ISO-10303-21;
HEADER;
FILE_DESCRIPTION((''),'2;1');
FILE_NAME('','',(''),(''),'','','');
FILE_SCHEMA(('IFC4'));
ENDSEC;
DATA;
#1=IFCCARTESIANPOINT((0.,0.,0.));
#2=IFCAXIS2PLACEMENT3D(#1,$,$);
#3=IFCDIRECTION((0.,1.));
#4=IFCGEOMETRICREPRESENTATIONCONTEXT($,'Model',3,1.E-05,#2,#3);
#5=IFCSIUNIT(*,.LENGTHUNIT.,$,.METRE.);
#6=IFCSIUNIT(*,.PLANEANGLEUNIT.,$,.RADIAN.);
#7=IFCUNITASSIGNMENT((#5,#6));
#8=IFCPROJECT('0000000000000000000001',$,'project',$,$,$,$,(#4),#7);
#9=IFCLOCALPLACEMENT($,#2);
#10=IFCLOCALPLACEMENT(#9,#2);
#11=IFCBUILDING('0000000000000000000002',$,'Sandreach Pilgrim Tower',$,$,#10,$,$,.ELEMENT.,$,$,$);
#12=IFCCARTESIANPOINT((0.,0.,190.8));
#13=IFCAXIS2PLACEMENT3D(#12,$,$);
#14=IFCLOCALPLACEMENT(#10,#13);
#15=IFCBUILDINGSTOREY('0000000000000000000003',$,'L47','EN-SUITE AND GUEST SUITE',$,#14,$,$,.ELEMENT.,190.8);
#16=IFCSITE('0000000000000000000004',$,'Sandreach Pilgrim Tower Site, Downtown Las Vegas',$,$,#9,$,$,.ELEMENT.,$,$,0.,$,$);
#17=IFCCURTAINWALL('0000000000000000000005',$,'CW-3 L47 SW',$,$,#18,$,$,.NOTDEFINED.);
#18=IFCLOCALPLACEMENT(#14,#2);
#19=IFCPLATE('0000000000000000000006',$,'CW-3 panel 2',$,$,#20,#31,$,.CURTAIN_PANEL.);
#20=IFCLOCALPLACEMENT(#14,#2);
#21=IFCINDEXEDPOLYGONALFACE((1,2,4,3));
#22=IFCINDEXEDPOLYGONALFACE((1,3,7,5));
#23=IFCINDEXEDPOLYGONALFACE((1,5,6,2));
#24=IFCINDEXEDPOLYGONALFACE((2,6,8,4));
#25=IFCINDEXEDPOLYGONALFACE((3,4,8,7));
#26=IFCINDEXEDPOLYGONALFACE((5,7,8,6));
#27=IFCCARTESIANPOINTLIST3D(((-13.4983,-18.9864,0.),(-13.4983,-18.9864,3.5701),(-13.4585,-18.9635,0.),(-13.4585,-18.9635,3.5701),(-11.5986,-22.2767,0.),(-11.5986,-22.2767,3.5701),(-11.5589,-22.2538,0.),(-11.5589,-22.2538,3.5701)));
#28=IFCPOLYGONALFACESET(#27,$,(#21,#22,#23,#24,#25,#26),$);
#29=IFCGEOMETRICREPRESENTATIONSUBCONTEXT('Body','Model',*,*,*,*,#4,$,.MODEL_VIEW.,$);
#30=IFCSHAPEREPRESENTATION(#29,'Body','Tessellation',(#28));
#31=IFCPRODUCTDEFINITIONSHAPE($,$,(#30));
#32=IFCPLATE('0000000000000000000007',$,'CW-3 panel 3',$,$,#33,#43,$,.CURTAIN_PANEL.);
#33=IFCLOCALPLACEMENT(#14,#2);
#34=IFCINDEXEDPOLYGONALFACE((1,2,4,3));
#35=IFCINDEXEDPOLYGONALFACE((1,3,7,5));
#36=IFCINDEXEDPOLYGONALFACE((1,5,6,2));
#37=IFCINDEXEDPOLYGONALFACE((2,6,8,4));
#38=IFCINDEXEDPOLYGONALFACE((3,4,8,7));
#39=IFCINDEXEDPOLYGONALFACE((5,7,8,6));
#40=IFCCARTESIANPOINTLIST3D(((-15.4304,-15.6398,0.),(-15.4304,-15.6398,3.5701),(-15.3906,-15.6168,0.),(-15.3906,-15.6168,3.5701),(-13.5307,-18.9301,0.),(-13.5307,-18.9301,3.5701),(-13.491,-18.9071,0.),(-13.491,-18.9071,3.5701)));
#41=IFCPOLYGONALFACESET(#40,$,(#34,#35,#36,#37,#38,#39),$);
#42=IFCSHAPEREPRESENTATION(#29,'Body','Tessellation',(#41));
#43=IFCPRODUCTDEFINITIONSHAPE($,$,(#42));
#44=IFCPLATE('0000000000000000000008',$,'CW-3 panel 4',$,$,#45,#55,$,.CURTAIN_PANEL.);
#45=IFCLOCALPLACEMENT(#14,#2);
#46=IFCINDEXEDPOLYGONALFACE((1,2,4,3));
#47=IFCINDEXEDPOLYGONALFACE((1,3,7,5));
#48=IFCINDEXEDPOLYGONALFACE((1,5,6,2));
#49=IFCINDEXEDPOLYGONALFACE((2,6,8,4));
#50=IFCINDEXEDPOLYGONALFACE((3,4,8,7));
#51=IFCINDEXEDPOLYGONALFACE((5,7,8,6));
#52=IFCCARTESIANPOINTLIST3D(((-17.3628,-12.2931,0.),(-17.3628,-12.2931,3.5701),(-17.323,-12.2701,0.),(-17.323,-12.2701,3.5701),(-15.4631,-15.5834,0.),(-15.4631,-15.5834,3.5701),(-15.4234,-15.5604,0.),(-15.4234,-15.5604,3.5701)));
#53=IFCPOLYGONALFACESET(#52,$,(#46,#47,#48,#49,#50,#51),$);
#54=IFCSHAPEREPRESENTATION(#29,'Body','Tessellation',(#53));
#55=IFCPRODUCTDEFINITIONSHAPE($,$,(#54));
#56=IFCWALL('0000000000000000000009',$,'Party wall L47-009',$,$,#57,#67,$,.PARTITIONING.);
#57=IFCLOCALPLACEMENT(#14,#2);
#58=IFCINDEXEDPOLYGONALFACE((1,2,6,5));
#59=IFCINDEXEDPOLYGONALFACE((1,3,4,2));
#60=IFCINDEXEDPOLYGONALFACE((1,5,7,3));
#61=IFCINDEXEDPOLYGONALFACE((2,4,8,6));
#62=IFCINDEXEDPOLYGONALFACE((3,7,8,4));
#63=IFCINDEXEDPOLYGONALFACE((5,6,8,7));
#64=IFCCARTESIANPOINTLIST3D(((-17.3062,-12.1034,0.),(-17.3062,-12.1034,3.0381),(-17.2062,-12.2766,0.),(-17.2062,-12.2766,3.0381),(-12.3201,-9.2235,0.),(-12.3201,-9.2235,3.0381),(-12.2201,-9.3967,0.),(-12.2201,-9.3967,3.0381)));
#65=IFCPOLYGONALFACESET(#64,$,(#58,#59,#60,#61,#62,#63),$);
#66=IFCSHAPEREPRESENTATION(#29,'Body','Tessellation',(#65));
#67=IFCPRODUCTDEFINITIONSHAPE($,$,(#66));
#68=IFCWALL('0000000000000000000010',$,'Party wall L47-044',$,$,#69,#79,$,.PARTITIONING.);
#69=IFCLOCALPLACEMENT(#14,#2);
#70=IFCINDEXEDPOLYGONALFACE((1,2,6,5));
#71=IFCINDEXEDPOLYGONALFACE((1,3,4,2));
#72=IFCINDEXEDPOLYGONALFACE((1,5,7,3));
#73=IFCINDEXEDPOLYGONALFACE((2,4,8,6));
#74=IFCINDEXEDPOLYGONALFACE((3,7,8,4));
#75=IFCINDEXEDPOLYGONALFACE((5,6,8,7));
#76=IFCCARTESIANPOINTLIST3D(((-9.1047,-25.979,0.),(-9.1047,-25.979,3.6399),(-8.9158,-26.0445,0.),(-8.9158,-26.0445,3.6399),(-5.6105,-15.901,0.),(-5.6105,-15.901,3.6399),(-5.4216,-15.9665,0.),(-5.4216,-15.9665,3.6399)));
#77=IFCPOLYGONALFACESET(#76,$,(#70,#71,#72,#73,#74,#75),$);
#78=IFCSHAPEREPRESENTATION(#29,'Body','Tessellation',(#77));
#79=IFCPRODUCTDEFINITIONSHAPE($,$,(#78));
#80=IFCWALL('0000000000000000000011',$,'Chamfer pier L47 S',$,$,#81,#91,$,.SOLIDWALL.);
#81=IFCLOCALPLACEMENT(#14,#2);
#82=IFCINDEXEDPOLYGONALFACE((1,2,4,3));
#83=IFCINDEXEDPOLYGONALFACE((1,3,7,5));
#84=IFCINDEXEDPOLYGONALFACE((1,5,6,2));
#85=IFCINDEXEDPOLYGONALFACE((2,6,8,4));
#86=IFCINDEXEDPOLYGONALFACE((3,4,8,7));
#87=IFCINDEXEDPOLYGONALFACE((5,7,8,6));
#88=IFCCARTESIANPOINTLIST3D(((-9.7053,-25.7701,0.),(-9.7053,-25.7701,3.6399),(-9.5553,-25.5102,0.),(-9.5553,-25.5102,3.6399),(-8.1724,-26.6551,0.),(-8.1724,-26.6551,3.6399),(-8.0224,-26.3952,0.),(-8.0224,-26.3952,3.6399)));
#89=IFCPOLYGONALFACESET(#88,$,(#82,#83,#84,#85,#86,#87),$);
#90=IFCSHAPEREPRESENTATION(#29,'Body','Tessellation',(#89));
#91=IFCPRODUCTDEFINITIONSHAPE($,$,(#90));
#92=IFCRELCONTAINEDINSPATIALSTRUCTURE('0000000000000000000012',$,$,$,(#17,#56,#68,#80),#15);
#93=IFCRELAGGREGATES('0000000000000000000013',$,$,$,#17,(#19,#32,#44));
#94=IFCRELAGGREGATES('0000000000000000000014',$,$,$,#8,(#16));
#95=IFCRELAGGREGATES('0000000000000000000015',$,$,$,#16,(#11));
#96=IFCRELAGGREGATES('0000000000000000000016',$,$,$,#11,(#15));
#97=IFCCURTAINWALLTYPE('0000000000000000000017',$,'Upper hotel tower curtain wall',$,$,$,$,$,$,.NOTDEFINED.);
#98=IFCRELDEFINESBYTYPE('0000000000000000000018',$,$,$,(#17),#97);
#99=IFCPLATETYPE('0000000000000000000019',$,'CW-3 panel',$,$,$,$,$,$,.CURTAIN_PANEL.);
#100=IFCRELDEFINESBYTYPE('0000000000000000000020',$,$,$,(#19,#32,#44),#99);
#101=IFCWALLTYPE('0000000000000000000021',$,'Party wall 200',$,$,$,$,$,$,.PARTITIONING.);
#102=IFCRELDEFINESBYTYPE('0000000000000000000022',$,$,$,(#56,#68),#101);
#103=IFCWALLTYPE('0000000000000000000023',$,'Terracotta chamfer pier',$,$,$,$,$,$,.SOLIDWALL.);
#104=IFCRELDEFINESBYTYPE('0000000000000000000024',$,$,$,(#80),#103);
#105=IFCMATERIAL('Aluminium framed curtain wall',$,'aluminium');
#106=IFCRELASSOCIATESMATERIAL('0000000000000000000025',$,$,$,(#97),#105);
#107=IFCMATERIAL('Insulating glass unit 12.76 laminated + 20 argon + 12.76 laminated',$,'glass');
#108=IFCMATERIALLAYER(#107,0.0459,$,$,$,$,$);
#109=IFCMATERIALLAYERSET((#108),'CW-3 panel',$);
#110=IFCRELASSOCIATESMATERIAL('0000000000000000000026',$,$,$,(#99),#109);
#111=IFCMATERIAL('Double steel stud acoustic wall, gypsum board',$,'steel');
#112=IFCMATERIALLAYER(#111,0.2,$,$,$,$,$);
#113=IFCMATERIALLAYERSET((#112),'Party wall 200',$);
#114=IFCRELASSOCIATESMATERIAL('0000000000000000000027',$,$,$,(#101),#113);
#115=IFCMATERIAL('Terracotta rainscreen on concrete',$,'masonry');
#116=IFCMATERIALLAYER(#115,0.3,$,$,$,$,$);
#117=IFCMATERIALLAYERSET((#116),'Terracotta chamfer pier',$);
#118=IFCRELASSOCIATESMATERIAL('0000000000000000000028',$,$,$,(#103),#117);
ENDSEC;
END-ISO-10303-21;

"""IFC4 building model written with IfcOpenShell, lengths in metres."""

from ifc_helpers import new_model, si_unit, direction, frame, frame_2d, origin, origin_2d, place, context, subcontext, project, spatial, rectangle, extrude, material, layer, layer_set, type_object, element, aggregate, save


model = new_model("IFC4")

# Units and contexts
model_context = context("Model", 3, precision=1e-05, world=origin(), true_north=direction((0.0, 1.0)))
body_context = subcontext(model_context, "Body", "Model", "MODEL_VIEW")
ifc_project = project(units=[si_unit("LENGTHUNIT", "METRE"), si_unit("PLANEANGLEUNIT", "RADIAN")], contexts=[model_context])

# Site, building, storey
site_placement = place(None, origin())
site = spatial("IfcSite", under=ifc_project, at=site_placement, Name="Sandreach Pilgrim Tower Site, Downtown Las Vegas", CompositionType="ELEMENT", RefElevation=0.0)
building_placement = place(site_placement, origin())
building = spatial("IfcBuilding", under=site, at=building_placement, Name="Sandreach Pilgrim Tower", CompositionType="ELEMENT")
storey_placement = place(building_placement, frame((0.0, 0.0, 190.8)))
storey = spatial("IfcBuildingStorey", under=building, at=storey_placement, Name="L47", Description="EN-SUITE AND GUEST SUITE", CompositionType="ELEMENT", Elevation=190.8)

# Curtain wall
ifc_material_1 = material(Name="Aluminium framed curtain wall", Category="aluminium")
curtain_wall_type = type_object("IfcCurtainWallType", Name="Upper hotel tower curtain wall", PredefinedType="NOTDEFINED", material=ifc_material_1)
curtain_wall_placement = place(storey_placement, origin())
curtain_wall = element("IfcCurtainWall", 1, at=curtain_wall_placement, inside=storey, type_object=curtain_wall_type, Name="CW-3 L47 SW", PredefinedType="NOTDEFINED")

# Plates
ifc_material_2 = material(Name="Insulating glass unit 12.76 laminated + 20 argon + 12.76 laminated", Category="glass")
ifc_layer_1 = layer(ifc_material_2, 0.0459)
ifc_layer_set_1 = layer_set([ifc_layer_1], Name="CW-3 panel")
plate_type = type_object("IfcPlateType", Name="CW-3 panel", PredefinedType="CURTAIN_PANEL", material=ifc_layer_set_1)
plate_1_placement = place(storey_placement, frame((-12.5286, -20.6201, 0.0), z_axis=(0.0, 0.0, 1.0), x_axis=(-0.5, 0.866025, 0.0)))
plate_1 = element("IfcPlate", 2, at=plate_1_placement, type_object=plate_type, Name="CW-3 panel 2", PredefinedType="CURTAIN_PANEL", context=body_context, shape_type="SweptSolid", body=[
    extrude(rectangle(XDim=3.7993, YDim=0.0459, at=origin_2d()), origin(), (0.0, 0.0, 1.0), 3.5701),
])
plate_2_placement = place(storey_placement, frame((-14.4607, -17.2734, 0.0), z_axis=(0.0, 0.0, 1.0), x_axis=(-0.5, 0.866025, 0.0)))
plate_2 = element("IfcPlate", 3, at=plate_2_placement, type_object=plate_type, Name="CW-3 panel 3", PredefinedType="CURTAIN_PANEL", context=body_context, shape_type="SweptSolid", body=[
    extrude(rectangle(XDim=3.7993, YDim=0.0459, at=origin_2d()), origin(), (0.0, 0.0, 1.0), 3.5701),
])
plate_3_placement = place(storey_placement, frame((-16.3931, -13.9268, 0.0), z_axis=(0.0, 0.0, 1.0), x_axis=(-0.5, 0.866025, 0.0)))
plate_3 = element("IfcPlate", 4, at=plate_3_placement, type_object=plate_type, Name="CW-3 panel 4", PredefinedType="CURTAIN_PANEL", context=body_context, shape_type="SweptSolid", body=[
    extrude(rectangle(XDim=3.7993, YDim=0.0459, at=origin_2d()), origin(), (0.0, 0.0, 1.0), 3.5701),
])
aggregate(curtain_wall, [plate_1, plate_2, plate_3])

# Walls
ifc_material_3 = material(Name="Double steel stud acoustic wall, gypsum board", Category="steel")
ifc_layer_2 = layer(ifc_material_3, 0.2)
ifc_layer_set_2 = layer_set([ifc_layer_2], Name="Party wall 200")
wall_type_1 = type_object("IfcWallType", Name="Party wall 200", PredefinedType="PARTITIONING", material=ifc_layer_set_2)
wall_1_placement = place(storey_placement, frame((-17.2561, -12.1899, 0.0), z_axis=(0.0, 0.0, 1.0), x_axis=(0.865938, 0.500152, 0.0)))
element("IfcWall", 5, at=wall_1_placement, inside=storey, type_object=wall_type_1, Name="Party wall L47-009", PredefinedType="PARTITIONING", context=body_context, shape_type="SweptSolid", body=[
    extrude(rectangle(XDim=5.7581, YDim=0.2, at=frame_2d((2.8789, 0.0))), origin(), (0.0, 0.0, 1.0), 3.0381),
])
wall_2_placement = place(storey_placement, frame((-9.0103, -26.0117, 0.0), z_axis=(0.0, 0.0, 1.0), x_axis=(0.327583, 0.944822, 0.0)))
element("IfcWall", 6, at=wall_2_placement, inside=storey, type_object=wall_type_1, Name="Party wall L47-044", PredefinedType="PARTITIONING", context=body_context, shape_type="SweptSolid", body=[
    extrude(rectangle(XDim=10.6665, YDim=0.2, at=frame_2d((5.3333, 0.0))), origin(), (0.0, 0.0, 1.0), 3.6399),
])
ifc_material_4 = material(Name="Terracotta rainscreen on concrete", Category="masonry")
ifc_layer_3 = layer(ifc_material_4, 0.3)
ifc_layer_set_3 = layer_set([ifc_layer_3], Name="Terracotta chamfer pier")
wall_type_2 = type_object("IfcWallType", Name="Terracotta chamfer pier", PredefinedType="SOLIDWALL", material=ifc_layer_set_3)
wall_3_placement = place(storey_placement, frame((-8.0974, -26.5251, 0.0), z_axis=(0.0, 0.0, 1.0), x_axis=(-0.866036, 0.499981, 0.0)))
element("IfcWall", 7, at=wall_3_placement, inside=storey, type_object=wall_type_2, Name="Chamfer pier L47 S", PredefinedType="SOLIDWALL", context=body_context, shape_type="SweptSolid", body=[
    extrude(rectangle(XDim=1.77, YDim=0.3, at=frame_2d((0.885, 0.0))), origin(), (0.0, 0.0, 1.0), 3.6399),
])

save(model, "model.ifc")
